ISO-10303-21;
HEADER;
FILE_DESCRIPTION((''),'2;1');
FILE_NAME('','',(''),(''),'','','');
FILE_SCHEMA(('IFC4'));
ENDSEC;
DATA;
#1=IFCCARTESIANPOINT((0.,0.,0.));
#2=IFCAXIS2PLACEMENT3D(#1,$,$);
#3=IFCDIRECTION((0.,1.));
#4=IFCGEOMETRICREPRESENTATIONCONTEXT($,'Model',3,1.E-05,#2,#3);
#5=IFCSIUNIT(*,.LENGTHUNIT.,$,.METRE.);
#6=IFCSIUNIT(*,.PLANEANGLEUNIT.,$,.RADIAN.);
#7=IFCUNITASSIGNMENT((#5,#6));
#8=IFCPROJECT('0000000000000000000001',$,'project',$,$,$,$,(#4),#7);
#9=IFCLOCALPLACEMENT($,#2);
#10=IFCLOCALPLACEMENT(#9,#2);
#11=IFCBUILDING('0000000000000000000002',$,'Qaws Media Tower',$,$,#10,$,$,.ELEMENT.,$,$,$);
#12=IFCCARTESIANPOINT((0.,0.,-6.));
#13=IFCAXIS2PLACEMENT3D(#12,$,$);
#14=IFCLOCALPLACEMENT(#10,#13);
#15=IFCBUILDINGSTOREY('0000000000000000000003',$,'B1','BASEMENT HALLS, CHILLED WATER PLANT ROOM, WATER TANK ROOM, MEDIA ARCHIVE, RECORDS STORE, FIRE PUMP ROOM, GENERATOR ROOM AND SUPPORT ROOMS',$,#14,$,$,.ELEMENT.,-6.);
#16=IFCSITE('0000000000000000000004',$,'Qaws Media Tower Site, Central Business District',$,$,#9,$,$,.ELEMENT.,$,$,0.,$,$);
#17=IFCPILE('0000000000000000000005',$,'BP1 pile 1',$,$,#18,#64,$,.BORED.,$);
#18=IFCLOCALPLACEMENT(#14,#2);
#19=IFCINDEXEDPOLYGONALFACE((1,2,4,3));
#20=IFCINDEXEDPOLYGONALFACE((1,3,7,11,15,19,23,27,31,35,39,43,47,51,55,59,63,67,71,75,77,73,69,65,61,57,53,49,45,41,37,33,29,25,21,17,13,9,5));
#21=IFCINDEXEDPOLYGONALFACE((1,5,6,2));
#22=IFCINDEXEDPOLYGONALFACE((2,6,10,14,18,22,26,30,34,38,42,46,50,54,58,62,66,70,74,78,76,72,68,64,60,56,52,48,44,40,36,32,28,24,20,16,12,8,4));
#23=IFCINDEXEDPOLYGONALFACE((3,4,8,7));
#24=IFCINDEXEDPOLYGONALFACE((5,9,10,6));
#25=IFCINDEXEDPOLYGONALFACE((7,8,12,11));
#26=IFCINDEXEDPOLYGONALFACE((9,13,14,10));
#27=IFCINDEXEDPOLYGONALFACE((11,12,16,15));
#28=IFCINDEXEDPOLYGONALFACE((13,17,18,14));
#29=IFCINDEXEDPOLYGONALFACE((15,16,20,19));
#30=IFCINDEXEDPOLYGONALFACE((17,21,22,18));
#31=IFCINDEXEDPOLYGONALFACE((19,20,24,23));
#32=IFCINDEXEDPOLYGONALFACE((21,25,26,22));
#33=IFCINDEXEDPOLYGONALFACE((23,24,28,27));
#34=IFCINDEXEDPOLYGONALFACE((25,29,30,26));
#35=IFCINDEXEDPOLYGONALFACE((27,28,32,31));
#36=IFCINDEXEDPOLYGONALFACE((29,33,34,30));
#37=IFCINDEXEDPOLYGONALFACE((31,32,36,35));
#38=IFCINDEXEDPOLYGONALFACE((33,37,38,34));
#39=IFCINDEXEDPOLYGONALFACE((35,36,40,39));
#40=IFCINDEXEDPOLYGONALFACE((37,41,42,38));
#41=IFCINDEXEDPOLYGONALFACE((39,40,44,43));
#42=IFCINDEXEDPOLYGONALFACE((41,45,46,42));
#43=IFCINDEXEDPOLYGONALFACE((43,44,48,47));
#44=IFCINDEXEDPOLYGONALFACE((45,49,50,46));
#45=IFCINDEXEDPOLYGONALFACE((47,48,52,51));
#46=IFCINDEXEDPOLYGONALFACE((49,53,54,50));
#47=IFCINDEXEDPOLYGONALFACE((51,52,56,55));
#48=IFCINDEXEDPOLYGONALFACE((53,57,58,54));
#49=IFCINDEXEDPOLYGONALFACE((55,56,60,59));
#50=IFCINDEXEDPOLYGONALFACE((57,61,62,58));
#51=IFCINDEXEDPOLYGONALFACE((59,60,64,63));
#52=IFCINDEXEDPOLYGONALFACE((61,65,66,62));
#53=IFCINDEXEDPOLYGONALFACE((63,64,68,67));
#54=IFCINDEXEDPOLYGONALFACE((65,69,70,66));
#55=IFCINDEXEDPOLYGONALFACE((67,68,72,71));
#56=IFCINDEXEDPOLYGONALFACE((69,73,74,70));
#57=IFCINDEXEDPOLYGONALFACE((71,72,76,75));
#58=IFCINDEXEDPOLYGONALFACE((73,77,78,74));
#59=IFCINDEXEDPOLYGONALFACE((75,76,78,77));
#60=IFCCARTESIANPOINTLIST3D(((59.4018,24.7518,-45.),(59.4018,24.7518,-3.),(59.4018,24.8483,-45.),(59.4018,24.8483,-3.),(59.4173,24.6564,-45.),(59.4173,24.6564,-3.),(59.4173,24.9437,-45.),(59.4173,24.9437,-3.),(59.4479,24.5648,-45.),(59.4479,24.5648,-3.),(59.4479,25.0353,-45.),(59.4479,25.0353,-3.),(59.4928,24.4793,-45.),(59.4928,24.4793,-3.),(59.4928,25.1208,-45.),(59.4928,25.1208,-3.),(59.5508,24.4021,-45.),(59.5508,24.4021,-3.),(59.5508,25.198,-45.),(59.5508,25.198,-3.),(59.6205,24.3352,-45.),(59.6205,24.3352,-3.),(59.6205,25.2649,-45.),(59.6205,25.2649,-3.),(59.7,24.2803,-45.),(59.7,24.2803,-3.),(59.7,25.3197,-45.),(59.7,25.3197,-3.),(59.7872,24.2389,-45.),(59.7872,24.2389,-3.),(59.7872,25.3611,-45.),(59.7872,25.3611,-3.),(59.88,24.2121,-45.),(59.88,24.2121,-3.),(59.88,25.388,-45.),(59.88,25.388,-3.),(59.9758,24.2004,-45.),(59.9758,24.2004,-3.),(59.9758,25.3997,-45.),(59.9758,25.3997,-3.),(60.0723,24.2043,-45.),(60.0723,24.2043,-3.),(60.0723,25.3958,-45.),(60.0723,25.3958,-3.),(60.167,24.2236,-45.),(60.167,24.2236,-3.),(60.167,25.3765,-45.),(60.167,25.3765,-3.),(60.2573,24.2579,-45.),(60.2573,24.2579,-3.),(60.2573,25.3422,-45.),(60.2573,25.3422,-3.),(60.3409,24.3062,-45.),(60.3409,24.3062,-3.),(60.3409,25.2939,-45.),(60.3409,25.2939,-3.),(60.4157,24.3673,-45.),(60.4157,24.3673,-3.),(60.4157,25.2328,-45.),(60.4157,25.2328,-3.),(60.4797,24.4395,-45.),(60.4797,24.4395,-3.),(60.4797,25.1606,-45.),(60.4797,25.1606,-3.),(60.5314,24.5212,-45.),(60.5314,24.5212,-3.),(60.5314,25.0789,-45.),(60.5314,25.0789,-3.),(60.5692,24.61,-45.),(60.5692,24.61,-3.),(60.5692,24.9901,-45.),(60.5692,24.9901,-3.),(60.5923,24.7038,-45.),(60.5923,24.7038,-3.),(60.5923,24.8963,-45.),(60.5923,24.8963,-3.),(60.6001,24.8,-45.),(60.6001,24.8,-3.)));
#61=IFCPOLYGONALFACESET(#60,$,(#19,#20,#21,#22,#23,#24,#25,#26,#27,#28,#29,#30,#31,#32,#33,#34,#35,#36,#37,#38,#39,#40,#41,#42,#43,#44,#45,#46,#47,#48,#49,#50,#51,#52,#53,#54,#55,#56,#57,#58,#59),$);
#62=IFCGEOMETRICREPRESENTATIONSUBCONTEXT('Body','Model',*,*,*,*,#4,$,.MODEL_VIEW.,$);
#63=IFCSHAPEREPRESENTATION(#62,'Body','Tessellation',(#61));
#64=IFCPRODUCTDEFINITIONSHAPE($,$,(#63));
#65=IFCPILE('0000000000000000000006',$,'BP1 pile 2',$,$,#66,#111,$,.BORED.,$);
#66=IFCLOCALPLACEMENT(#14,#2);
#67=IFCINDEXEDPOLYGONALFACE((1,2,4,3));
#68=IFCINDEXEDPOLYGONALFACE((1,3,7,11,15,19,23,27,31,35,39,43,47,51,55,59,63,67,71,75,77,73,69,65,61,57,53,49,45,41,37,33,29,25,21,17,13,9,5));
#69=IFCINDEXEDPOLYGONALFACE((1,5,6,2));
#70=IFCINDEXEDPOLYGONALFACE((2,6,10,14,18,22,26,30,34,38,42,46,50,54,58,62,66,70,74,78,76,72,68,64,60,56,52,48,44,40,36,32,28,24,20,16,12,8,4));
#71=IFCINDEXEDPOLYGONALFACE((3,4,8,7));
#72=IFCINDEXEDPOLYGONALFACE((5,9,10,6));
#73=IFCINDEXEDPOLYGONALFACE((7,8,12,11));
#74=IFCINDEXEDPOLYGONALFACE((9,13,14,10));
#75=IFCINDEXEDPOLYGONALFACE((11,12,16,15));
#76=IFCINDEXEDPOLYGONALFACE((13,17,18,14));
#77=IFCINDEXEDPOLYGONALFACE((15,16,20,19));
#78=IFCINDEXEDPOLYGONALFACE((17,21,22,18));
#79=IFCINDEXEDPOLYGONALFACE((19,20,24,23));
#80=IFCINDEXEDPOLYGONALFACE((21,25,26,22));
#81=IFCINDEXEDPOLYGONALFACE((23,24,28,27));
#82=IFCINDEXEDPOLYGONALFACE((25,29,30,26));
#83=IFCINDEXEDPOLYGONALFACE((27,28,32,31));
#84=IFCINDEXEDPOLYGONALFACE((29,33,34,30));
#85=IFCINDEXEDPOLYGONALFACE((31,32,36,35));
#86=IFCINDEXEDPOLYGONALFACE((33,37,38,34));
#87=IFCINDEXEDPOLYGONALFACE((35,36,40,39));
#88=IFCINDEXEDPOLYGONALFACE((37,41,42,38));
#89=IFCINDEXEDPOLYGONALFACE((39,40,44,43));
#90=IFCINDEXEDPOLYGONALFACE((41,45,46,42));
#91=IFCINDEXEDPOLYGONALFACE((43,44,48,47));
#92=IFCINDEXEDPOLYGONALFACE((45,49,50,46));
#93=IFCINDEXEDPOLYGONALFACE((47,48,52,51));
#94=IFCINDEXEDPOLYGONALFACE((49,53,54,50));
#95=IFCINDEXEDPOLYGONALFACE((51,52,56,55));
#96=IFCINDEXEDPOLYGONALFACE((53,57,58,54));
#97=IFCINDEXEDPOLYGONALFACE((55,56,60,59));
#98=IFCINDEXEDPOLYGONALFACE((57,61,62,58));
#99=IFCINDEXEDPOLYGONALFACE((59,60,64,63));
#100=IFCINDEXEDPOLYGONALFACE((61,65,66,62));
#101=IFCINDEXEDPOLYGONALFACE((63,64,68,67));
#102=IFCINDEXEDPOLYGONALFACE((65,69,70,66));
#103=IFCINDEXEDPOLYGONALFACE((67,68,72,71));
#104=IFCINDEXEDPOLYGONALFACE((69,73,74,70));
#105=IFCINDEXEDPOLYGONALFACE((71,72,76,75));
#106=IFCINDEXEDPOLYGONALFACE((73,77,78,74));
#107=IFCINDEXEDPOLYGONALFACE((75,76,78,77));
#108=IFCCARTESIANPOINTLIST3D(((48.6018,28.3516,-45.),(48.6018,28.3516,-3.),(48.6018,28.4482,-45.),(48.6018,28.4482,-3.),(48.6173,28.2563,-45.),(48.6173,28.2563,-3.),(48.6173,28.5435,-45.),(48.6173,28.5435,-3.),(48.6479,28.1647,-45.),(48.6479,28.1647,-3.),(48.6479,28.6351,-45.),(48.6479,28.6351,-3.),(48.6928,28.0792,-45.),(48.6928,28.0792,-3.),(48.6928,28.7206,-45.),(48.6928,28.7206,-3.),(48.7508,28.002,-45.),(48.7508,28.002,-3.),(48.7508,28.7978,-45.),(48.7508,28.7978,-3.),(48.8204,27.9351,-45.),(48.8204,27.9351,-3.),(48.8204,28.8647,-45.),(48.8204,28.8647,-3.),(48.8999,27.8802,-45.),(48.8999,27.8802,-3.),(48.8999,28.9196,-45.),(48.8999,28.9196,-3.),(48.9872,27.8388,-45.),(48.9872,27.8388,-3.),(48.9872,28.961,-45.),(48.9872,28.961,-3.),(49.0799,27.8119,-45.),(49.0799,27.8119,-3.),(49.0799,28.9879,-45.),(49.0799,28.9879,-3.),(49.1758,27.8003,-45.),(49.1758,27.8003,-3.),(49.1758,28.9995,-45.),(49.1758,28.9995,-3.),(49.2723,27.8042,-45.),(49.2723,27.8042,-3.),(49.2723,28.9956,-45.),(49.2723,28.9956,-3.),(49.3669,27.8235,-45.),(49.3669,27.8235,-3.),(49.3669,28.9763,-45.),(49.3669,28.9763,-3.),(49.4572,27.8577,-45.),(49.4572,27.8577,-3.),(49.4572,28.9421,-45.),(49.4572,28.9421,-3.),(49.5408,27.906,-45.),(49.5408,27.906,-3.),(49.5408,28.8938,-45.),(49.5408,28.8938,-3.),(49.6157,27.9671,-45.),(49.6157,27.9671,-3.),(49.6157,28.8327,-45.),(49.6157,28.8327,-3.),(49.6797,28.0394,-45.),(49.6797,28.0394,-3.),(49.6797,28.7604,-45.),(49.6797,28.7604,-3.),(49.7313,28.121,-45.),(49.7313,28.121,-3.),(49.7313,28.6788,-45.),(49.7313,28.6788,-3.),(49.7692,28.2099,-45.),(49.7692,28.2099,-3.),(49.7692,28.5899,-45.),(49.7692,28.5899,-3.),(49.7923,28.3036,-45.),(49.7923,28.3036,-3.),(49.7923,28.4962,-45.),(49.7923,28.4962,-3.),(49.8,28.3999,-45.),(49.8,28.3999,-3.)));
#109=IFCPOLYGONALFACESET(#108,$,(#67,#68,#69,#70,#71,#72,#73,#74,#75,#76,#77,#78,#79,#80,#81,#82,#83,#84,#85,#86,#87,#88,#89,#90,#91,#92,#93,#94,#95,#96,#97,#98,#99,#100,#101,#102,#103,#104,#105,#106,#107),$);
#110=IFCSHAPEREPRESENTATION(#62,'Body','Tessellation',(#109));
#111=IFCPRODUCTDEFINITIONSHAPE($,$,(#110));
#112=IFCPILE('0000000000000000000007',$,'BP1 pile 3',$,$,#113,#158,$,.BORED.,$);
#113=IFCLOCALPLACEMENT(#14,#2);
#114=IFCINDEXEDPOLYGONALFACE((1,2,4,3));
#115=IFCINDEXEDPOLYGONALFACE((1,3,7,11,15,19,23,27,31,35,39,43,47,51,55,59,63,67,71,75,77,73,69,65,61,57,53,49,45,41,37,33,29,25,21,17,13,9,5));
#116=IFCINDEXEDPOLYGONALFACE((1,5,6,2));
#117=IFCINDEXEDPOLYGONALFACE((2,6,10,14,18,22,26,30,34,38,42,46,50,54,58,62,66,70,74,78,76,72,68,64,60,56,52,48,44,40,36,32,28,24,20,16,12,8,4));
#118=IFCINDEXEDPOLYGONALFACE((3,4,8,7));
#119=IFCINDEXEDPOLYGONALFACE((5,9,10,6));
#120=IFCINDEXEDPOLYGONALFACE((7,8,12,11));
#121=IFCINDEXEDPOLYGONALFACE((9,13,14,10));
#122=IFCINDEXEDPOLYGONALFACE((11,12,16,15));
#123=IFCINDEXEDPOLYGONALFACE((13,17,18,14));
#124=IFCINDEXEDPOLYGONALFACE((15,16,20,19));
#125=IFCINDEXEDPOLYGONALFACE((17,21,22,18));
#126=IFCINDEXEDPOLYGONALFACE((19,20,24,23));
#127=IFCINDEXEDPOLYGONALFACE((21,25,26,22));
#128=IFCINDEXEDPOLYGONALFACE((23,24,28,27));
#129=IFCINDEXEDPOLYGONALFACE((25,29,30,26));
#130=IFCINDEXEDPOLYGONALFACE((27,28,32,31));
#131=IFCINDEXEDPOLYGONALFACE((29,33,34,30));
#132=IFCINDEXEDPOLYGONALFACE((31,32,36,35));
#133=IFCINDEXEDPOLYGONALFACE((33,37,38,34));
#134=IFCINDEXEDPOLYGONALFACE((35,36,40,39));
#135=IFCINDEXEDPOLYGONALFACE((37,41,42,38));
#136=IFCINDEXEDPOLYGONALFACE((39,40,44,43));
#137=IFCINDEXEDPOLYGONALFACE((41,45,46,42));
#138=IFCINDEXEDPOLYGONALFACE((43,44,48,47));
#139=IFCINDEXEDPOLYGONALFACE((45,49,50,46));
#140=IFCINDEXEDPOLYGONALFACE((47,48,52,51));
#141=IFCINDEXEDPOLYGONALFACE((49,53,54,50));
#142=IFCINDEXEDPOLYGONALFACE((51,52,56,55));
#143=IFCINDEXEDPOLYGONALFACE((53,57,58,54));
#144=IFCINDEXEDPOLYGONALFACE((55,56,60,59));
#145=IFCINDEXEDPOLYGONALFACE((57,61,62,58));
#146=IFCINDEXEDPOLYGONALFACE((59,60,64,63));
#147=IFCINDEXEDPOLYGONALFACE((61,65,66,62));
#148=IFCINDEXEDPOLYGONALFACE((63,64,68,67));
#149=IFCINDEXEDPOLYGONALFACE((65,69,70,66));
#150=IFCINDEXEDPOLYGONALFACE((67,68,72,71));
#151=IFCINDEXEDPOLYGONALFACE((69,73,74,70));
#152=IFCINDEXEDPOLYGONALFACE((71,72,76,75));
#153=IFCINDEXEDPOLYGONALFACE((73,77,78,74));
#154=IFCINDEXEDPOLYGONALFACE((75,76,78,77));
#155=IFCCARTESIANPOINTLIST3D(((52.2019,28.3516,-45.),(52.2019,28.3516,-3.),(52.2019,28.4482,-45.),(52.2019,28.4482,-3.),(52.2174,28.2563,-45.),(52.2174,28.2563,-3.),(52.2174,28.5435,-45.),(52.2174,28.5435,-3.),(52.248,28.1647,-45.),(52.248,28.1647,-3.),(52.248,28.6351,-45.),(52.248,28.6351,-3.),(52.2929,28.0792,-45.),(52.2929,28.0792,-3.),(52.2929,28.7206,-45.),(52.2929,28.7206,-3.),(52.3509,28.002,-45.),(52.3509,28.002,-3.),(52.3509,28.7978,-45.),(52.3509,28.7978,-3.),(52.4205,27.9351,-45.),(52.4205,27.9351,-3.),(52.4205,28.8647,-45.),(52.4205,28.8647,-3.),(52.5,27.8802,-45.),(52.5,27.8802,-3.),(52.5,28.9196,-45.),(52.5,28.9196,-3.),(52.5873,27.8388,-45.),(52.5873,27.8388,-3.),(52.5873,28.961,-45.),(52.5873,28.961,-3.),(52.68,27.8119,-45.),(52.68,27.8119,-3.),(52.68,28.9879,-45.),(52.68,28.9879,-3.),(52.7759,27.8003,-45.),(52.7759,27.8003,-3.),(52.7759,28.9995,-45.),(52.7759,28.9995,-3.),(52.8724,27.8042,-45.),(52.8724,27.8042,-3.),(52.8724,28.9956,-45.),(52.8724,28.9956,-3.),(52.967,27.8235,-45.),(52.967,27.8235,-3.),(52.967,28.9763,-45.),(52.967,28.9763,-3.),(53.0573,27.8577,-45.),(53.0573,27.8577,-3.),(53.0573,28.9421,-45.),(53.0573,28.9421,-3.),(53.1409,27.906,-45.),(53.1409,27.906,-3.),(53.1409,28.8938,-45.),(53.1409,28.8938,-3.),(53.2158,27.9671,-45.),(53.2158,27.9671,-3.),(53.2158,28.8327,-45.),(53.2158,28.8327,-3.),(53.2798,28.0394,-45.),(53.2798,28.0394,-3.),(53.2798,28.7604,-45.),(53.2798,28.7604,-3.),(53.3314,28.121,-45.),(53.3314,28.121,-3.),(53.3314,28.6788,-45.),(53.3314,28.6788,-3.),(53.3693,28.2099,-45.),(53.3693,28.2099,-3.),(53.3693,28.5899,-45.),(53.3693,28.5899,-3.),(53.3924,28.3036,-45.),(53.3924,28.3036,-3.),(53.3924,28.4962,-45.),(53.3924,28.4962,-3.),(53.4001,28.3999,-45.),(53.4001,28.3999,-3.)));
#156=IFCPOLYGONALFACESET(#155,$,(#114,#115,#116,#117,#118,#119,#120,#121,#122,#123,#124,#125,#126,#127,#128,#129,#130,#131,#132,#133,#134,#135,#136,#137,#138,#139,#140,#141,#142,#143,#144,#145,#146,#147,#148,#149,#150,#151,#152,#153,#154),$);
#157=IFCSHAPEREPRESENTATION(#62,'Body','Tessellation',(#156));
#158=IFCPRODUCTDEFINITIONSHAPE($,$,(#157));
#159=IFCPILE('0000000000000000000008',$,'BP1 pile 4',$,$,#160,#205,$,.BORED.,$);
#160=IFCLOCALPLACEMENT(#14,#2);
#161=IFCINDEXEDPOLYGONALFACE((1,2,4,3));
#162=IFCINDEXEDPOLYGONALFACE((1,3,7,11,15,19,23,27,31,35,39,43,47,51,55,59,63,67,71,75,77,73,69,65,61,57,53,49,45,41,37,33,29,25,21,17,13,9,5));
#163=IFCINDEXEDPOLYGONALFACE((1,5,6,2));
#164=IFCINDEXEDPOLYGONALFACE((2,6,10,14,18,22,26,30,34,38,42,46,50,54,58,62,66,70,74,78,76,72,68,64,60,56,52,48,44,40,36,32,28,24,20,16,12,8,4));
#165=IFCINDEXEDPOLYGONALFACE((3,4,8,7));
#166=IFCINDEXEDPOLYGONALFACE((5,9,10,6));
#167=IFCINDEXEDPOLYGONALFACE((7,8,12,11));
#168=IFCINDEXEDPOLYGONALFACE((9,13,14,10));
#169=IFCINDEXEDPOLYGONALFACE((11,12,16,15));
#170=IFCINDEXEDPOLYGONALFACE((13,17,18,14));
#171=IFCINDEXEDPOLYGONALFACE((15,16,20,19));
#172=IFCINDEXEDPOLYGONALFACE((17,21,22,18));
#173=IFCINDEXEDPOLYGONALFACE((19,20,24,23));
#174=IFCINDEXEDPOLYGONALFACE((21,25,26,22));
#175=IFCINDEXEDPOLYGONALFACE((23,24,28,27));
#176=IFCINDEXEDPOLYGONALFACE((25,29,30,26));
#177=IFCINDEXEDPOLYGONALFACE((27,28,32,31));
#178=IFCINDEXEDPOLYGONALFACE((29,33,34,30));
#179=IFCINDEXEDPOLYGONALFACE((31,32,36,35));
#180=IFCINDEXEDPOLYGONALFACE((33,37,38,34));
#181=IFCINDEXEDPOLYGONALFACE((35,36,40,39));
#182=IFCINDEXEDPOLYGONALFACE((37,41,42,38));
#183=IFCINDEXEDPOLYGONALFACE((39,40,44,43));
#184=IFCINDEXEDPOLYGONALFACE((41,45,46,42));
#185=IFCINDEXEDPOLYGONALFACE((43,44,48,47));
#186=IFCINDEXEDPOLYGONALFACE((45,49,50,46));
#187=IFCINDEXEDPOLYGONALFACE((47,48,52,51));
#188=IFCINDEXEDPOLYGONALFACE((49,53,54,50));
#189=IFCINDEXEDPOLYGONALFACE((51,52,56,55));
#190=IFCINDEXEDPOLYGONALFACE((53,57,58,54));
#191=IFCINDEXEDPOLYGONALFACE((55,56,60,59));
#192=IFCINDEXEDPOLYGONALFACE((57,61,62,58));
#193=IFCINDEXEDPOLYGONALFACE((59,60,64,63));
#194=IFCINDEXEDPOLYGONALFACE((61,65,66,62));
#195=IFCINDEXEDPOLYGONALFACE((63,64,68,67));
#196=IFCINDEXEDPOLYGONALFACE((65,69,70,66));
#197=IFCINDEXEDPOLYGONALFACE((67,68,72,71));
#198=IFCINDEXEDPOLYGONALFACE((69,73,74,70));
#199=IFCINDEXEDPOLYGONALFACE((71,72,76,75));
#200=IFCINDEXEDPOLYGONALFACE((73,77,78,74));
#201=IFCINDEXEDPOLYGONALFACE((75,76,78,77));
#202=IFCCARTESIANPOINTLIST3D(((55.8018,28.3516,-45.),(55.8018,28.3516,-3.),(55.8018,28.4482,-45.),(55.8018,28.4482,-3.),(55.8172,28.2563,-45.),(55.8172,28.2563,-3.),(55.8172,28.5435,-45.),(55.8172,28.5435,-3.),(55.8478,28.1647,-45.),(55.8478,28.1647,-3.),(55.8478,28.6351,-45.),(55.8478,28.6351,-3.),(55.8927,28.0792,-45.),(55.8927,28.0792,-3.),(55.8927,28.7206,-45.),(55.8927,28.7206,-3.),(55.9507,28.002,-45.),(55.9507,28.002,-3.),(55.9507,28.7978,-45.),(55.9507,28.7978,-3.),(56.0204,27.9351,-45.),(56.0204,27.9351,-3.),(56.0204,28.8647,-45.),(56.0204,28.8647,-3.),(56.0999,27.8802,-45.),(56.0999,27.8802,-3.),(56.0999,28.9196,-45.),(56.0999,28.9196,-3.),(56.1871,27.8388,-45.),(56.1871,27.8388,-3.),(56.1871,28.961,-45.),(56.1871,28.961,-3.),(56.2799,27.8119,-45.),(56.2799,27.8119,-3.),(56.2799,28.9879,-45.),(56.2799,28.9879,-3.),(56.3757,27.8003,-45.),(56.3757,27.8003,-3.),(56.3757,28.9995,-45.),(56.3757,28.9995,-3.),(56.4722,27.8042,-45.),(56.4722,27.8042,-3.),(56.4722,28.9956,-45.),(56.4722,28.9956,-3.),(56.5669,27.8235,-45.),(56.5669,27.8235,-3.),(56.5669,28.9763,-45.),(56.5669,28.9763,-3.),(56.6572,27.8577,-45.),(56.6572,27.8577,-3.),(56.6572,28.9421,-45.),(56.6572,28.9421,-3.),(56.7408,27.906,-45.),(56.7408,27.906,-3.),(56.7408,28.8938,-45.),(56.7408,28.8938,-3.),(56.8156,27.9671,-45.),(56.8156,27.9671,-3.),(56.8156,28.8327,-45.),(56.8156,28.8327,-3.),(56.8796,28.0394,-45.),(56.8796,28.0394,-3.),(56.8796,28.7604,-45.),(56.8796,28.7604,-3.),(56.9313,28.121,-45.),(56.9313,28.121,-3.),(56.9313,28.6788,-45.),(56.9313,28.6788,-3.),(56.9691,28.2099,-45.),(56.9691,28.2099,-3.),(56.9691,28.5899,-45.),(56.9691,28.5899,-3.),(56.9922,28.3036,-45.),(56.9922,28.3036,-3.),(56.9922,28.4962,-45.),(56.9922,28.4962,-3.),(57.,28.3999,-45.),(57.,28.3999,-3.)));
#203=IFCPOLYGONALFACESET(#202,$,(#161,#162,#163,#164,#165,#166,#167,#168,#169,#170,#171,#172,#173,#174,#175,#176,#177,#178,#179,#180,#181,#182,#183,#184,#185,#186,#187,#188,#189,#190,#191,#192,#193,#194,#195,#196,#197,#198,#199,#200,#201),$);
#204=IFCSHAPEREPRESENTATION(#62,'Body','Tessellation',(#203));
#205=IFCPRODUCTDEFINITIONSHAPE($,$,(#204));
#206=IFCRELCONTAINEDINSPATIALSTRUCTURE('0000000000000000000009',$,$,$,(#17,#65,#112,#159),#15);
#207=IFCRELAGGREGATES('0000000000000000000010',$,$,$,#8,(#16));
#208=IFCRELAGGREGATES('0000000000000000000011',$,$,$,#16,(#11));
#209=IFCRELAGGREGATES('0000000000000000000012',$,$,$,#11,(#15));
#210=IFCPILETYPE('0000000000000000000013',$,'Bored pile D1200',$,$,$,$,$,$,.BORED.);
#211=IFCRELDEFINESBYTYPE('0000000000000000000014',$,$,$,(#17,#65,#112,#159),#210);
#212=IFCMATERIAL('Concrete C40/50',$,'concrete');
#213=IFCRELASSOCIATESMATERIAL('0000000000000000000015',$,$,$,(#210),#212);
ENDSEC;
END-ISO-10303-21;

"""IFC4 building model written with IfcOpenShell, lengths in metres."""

from ifc_helpers import new_model, si_unit, direction, frame, origin, origin_2d, place, context, subcontext, project, spatial, circle, extrude, material, material_profile, profile_set, type_object, element, save


model = new_model("IFC4")

# Units and contexts
model_context = context("Model", 3, precision=1e-05, world=origin(), true_north=direction((0.0, 1.0)))
body_context = subcontext(model_context, "Body", "Model", "MODEL_VIEW")
ifc_project = project(units=[si_unit("LENGTHUNIT", "METRE"), si_unit("PLANEANGLEUNIT", "RADIAN")], contexts=[model_context])

# Site, building, storey
site_placement = place(None, origin())
site = spatial("IfcSite", under=ifc_project, at=site_placement, Name="Qaws Media Tower Site, Central Business District", CompositionType="ELEMENT", RefElevation=0.0)
building_placement = place(site_placement, origin())
building = spatial("IfcBuilding", under=site, at=building_placement, Name="Qaws Media Tower", CompositionType="ELEMENT")
storey_placement = place(building_placement, frame((0.0, 0.0, -6.0)))
storey = spatial("IfcBuildingStorey", under=building, at=storey_placement, Name="B1", Description="BASEMENT HALLS, CHILLED WATER PLANT ROOM, WATER TANK ROOM, MEDIA ARCHIVE, RECORDS STORE, FIRE PUMP ROOM, GENERATOR ROOM AND SUPPORT ROOMS", CompositionType="ELEMENT", Elevation=-6.0)

# Piles
ifc_material_1 = material(Name="Concrete C40/50", Category="concrete")
ifc_material_profile_1 = material_profile(ifc_material_1, circle(Radius=0.6001, at=origin_2d()), Name="D1200")
ifc_profile_set_1 = profile_set([ifc_material_profile_1], Name="Concrete C40/50")
pile_type_1 = type_object("IfcPileType", Name="Bored pile D1200", PredefinedType="BORED", material=ifc_profile_set_1)
for number, where, z_axis, x_axis, name in (
    (1, (60.0, 24.8, -3.0), (0.0, 0.0, -1.0), (1.0, 0.0, 0.0), "BP1 pile 1"),
    (2, (49.2, 28.3999, -3.0), (0.0, 0.0, -1.0), (1.0, 0.0, 0.0), "BP1 pile 2"),
    (3, (52.8, 28.3999, -3.0), (0.0, 0.0, -1.0), (1.0, 0.0, 0.0), "BP1 pile 3"),
    (4, (56.3999, 28.3999, -3.0), (0.0, 0.0, -1.0), (1.0, 0.0, 0.0), "BP1 pile 4"),
):
    element("IfcPile", number, at=place(storey_placement, frame(where, z_axis=z_axis, x_axis=x_axis)), inside=storey, type_object=pile_type_1, Name=name, PredefinedType="BORED", context=body_context, shape_type="SweptSolid", body=[
        extrude(circle(Radius=0.6001, at=origin_2d()), origin(), (0.0, 0.0, 1.0), 42.0),
    ])

save(model, "model.ifc")
